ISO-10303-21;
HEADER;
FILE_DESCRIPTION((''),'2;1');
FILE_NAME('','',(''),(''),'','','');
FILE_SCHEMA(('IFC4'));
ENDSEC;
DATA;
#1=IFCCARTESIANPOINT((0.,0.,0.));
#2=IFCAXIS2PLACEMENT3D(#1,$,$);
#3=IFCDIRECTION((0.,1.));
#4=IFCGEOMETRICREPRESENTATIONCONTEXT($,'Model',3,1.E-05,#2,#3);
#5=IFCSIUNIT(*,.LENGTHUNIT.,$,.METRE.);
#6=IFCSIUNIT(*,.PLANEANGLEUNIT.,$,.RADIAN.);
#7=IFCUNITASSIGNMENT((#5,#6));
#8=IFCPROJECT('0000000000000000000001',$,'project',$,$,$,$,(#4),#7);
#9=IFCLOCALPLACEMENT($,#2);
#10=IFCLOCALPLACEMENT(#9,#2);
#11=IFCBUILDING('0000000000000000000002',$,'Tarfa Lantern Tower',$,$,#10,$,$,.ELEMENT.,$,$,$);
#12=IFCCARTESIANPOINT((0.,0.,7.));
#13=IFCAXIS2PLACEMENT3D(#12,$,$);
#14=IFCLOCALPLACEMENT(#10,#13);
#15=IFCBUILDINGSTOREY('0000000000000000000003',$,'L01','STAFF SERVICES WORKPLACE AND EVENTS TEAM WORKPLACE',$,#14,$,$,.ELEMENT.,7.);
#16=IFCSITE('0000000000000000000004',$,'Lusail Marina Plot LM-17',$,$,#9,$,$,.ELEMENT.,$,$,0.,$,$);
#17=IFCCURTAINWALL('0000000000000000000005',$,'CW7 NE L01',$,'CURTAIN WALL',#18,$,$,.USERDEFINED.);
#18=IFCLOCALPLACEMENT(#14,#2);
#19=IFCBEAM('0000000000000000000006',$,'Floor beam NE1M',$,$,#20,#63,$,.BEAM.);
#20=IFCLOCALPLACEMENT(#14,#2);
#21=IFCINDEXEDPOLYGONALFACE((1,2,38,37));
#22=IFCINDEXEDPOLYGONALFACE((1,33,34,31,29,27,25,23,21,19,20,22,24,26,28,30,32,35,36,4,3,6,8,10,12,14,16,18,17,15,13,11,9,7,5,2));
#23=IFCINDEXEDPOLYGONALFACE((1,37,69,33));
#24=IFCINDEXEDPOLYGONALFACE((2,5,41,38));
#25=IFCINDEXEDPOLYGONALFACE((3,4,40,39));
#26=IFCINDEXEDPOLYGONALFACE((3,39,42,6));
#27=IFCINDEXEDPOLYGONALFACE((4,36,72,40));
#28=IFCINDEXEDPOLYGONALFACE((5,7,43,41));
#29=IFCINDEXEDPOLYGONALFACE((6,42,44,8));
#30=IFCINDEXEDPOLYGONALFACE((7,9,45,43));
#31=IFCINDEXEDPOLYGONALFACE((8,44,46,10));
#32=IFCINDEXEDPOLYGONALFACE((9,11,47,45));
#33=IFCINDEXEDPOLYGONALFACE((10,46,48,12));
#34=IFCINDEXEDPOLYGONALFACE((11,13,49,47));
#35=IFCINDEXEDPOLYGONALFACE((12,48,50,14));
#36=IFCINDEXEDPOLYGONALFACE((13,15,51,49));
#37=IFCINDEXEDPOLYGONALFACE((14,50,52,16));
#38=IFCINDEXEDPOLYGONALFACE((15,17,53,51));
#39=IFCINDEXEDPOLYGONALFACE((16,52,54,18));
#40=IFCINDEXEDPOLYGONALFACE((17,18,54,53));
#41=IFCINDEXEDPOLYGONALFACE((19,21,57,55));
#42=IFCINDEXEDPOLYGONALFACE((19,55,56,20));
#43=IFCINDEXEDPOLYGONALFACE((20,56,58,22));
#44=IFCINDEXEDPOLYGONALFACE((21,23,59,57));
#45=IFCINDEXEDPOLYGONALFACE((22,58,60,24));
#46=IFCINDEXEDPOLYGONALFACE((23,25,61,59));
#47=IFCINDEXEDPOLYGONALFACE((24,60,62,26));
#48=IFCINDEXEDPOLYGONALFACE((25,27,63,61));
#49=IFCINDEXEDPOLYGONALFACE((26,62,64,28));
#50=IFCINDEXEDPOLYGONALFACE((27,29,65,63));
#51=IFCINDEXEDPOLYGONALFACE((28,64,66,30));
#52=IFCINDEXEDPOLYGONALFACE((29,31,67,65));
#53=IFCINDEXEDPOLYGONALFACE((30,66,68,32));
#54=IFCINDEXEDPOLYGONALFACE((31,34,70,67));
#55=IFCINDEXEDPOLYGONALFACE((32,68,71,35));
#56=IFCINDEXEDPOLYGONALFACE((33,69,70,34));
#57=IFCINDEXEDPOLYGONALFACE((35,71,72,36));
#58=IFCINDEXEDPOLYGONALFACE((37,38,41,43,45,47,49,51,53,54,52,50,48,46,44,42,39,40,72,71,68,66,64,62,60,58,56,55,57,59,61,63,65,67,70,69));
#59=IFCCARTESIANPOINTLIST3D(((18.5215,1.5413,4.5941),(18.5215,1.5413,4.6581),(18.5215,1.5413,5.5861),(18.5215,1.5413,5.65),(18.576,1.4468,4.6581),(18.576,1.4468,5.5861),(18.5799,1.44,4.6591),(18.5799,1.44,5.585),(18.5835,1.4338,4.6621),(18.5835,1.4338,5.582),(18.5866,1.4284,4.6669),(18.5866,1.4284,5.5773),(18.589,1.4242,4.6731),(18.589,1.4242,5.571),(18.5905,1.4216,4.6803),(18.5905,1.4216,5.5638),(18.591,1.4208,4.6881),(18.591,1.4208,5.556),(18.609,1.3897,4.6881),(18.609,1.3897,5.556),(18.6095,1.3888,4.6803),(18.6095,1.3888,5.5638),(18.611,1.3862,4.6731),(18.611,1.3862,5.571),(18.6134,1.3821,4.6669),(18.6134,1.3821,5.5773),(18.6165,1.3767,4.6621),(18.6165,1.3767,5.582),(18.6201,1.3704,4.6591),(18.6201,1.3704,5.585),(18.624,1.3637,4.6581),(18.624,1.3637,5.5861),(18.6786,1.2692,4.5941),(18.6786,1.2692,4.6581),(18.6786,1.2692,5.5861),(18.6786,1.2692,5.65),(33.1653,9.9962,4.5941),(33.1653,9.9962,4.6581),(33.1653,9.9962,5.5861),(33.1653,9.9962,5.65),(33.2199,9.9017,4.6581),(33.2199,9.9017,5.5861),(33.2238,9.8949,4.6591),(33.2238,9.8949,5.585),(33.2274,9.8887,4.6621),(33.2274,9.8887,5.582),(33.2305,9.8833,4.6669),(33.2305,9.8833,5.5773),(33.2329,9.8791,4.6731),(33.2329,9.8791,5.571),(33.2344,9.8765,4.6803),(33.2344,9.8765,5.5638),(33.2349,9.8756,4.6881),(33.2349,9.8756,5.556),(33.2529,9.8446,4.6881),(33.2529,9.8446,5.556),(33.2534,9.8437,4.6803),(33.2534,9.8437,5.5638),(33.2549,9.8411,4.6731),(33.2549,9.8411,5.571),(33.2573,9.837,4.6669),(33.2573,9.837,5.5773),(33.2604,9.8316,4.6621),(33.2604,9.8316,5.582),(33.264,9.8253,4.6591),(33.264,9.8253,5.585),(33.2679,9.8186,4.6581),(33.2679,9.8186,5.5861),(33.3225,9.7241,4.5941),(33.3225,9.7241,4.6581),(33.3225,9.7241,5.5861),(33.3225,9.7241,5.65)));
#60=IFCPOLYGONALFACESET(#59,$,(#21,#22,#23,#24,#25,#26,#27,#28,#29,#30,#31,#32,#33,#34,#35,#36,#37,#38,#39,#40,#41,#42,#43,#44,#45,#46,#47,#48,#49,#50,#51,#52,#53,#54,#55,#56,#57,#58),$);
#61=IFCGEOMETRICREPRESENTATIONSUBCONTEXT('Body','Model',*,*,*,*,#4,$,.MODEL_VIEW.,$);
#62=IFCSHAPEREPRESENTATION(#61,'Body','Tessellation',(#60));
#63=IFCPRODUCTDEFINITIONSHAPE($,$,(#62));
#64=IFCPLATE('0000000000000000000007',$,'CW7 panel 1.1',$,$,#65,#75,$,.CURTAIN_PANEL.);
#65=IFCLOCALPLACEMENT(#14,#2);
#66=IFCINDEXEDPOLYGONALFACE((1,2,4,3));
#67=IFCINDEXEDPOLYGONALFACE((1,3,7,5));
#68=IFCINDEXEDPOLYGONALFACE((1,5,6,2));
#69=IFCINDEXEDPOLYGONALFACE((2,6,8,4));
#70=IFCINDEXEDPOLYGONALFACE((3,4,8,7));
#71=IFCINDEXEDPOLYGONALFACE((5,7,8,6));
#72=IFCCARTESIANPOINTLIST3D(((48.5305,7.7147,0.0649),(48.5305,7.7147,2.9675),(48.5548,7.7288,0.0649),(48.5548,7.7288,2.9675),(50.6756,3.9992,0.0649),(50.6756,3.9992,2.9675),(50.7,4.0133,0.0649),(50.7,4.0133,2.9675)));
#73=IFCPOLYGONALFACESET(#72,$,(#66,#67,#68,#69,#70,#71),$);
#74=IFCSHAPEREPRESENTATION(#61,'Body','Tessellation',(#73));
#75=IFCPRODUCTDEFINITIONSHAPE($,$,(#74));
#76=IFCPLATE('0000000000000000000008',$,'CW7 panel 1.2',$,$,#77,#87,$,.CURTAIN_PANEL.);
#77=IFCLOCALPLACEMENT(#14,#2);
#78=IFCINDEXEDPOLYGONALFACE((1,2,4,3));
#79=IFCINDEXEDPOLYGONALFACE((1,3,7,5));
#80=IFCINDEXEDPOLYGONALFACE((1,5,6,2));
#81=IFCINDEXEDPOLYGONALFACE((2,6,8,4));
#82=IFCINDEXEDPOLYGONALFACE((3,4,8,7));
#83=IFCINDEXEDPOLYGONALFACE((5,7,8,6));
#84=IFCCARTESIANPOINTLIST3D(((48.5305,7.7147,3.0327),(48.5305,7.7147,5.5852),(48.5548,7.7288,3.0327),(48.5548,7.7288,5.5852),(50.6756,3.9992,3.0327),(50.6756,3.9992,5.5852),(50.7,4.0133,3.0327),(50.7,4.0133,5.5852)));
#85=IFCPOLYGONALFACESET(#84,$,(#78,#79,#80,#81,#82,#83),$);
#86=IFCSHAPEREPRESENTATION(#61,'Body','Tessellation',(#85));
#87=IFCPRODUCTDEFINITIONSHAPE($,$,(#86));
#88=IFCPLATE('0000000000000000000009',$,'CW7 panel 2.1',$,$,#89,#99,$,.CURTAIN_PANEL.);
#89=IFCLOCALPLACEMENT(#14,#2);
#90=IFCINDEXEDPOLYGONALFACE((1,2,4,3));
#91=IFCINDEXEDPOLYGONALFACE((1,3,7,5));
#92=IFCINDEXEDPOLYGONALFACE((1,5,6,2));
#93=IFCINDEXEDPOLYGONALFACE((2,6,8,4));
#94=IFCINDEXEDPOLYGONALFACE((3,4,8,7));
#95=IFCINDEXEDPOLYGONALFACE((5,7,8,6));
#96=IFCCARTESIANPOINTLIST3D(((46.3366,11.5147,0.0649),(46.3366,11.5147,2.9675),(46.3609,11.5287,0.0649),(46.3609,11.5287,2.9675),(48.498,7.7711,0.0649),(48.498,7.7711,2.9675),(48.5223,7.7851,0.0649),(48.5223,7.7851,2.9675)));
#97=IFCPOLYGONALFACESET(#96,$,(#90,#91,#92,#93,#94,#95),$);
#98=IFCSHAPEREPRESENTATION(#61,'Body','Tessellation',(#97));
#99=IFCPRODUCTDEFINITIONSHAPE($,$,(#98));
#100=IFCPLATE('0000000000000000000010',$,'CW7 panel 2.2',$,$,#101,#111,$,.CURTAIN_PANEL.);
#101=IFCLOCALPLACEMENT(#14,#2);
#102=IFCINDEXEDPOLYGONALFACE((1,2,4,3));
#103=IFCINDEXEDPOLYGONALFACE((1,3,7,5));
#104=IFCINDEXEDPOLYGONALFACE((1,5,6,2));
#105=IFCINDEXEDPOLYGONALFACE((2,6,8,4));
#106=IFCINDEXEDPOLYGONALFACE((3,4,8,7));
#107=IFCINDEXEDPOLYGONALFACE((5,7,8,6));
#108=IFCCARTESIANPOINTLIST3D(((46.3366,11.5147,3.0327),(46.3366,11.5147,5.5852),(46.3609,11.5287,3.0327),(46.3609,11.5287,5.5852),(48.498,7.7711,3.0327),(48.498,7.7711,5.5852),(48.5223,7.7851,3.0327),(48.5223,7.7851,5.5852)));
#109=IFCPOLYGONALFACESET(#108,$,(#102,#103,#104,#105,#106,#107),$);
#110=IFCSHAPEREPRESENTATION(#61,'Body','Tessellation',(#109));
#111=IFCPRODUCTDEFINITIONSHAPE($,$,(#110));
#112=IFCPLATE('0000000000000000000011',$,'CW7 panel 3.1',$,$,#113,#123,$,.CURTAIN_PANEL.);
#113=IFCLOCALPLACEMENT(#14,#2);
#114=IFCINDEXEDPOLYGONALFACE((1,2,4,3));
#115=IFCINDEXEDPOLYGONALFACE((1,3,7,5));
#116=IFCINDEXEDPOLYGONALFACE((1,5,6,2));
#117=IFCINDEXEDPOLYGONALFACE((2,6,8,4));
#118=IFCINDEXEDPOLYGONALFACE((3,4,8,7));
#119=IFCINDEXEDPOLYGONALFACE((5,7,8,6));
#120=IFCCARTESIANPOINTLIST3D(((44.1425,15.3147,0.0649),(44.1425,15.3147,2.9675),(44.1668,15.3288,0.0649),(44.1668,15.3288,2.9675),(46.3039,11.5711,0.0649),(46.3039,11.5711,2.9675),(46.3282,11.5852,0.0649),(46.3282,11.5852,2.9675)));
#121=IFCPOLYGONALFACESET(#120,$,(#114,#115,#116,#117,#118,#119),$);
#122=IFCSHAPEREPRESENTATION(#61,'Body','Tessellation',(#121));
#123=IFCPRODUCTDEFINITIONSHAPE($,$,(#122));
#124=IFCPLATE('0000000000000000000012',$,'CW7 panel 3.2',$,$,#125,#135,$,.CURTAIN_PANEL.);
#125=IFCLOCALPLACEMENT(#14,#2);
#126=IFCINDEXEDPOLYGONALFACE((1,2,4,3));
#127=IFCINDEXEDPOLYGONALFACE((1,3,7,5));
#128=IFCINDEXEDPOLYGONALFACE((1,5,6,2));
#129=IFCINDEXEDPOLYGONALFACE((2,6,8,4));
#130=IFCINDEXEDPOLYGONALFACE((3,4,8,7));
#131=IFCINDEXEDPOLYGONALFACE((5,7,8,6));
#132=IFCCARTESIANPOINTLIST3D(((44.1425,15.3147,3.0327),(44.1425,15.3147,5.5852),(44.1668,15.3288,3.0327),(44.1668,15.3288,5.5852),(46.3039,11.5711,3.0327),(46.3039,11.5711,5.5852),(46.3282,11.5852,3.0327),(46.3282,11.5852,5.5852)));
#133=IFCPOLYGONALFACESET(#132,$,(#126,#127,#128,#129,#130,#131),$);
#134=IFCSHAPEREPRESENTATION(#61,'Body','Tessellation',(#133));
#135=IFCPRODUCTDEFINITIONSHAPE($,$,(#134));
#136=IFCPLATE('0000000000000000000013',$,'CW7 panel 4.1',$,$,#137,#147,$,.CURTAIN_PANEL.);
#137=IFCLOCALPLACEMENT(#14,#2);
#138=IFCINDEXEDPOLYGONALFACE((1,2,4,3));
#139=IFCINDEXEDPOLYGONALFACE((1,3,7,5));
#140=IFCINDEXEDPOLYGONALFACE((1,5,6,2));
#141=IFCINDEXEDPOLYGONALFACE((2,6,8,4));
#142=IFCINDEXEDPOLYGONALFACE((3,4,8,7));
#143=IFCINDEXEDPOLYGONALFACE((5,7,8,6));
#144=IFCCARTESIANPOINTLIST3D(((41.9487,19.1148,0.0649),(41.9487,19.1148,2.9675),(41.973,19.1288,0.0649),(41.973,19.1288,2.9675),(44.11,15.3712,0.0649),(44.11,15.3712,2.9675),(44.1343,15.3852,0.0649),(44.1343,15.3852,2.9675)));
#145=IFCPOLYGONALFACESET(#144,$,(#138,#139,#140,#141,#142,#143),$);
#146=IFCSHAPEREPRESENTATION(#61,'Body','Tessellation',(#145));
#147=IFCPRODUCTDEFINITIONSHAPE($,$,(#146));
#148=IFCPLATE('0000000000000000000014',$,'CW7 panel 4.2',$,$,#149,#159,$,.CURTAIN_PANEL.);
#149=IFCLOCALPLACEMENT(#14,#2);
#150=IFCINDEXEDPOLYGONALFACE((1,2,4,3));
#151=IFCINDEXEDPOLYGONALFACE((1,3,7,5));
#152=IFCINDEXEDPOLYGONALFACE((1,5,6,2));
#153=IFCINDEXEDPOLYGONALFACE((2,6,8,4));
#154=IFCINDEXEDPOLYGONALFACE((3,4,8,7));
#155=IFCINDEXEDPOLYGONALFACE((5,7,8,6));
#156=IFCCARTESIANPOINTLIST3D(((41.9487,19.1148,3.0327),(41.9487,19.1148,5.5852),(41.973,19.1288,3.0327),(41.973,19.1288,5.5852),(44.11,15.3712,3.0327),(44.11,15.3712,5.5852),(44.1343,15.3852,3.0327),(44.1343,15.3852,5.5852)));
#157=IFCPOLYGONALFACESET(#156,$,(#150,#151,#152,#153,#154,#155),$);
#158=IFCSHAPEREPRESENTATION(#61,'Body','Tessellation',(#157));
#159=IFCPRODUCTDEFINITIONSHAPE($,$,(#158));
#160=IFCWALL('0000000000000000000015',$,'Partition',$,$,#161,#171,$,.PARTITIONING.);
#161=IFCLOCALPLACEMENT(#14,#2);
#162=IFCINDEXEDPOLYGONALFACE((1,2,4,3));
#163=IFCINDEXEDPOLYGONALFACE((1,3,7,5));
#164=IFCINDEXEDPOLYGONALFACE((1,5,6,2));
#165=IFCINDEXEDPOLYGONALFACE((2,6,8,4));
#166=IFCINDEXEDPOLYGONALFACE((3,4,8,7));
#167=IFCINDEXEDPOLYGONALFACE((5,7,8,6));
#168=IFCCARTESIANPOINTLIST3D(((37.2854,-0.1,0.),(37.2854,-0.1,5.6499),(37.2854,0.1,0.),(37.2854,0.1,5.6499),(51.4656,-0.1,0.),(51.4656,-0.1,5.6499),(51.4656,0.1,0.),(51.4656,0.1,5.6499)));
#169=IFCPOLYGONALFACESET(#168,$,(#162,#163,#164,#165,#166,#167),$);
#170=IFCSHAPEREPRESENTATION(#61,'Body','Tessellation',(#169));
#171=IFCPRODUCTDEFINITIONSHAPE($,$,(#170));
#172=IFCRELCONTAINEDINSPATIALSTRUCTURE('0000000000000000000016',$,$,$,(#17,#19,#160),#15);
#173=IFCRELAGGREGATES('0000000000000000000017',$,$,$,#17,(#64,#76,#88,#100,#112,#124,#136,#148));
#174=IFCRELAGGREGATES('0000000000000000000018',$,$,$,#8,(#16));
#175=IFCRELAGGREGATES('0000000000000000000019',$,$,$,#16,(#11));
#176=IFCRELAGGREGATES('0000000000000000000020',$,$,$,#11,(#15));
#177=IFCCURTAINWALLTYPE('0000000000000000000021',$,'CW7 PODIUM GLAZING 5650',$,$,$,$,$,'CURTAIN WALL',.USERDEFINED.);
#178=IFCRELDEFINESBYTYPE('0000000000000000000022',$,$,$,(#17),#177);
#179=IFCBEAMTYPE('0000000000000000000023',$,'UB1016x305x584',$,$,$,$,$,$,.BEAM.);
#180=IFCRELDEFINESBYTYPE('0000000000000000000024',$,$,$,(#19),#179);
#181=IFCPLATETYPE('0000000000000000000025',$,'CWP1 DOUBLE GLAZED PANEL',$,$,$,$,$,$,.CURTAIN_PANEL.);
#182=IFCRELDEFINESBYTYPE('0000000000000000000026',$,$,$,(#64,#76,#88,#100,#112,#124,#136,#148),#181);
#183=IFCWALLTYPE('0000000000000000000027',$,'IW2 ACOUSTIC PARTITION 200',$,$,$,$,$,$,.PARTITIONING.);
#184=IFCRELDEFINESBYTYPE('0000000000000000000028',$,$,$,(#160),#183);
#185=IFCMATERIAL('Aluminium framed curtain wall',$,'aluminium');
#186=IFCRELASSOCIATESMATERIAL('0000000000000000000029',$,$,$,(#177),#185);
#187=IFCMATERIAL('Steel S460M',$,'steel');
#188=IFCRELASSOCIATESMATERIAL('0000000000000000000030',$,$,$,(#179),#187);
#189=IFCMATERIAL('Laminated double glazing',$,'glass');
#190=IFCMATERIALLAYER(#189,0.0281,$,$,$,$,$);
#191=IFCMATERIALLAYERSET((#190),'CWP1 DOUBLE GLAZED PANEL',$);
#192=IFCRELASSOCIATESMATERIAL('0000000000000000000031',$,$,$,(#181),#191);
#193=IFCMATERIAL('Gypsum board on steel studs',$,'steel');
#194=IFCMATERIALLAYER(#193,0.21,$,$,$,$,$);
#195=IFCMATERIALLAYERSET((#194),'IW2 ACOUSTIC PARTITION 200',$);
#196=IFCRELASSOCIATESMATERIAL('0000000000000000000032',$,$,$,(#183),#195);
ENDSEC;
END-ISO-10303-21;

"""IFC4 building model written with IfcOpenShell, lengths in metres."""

from ifc_helpers import new_model, si_unit, direction, frame, frame_2d, origin, origin_2d, place, context, subcontext, project, spatial, rectangle, i_section, extrude, material, layer, layer_set, material_profile, profile_set, type_object, element, aggregate, save


model = new_model("IFC4")

# Units and contexts
model_context = context("Model", 3, precision=1e-05, world=origin(), true_north=direction((0.0, 1.0)))
body_context = subcontext(model_context, "Body", "Model", "MODEL_VIEW")
ifc_project = project(units=[si_unit("LENGTHUNIT", "METRE"), si_unit("PLANEANGLEUNIT", "RADIAN")], contexts=[model_context])

# Site, building, storey
site_placement = place(None, origin())
site = spatial("IfcSite", under=ifc_project, at=site_placement, Name="Lusail Marina Plot LM-17", CompositionType="ELEMENT", RefElevation=0.0)
building_placement = place(site_placement, origin())
building = spatial("IfcBuilding", under=site, at=building_placement, Name="Tarfa Lantern Tower", CompositionType="ELEMENT")
storey_placement = place(building_placement, frame((0.0, 0.0, 7.0)))
storey = spatial("IfcBuildingStorey", under=building, at=storey_placement, Name="L01", Description="STAFF SERVICES WORKPLACE AND EVENTS TEAM WORKPLACE", CompositionType="ELEMENT", Elevation=7.0)

# Curtain wall
ifc_material_1 = material(Name="Aluminium framed curtain wall", Category="aluminium")
curtain_wall_type = type_object("IfcCurtainWallType", Name="CW7 PODIUM GLAZING 5650", ElementType="CURTAIN WALL", PredefinedType="USERDEFINED", material=ifc_material_1)
curtain_wall_placement = place(storey_placement, origin())
curtain_wall = element("IfcCurtainWall", 1, at=curtain_wall_placement, inside=storey, type_object=curtain_wall_type, Name="CW7 NE L01", ObjectType="CURTAIN WALL", PredefinedType="USERDEFINED")

# Beam
ifc_material_2 = material(Name="Steel S460M", Category="steel")
ifc_material_profile_1 = material_profile(ifc_material_2, i_section(OverallWidth=0.3142, OverallDepth=1.0559, WebThickness=0.0359, FlangeThickness=0.064, FilletRadius=0.03, at=origin_2d()), Name="UB1016x305x584")
ifc_profile_set_1 = profile_set([ifc_material_profile_1], Name="Steel S460M")
beam_type_1 = type_object("IfcBeamType", Name="UB1016x305x584", PredefinedType="BEAM", material=ifc_profile_set_1)
beam_1_placement = place(storey_placement, frame((33.2439, 9.8601, 5.1221), z_axis=(-0.866019, -0.50001, 0.0), x_axis=(0.50001, -0.866019, 0.0)))
element("IfcBeam", 2, at=beam_1_placement, inside=storey, type_object=beam_type_1, Name="Floor beam NE1M", PredefinedType="BEAM", context=body_context, shape_type="SweptSolid", body=[
    extrude(i_section(OverallWidth=0.3142, OverallDepth=1.0559, WebThickness=0.0359, FlangeThickness=0.064, FilletRadius=0.03, at=origin_2d()), origin(), (0.0, 0.0, 1.0), 16.9094),
])

# Plates
ifc_material_3 = material(Name="Laminated double glazing", Category="glass")
ifc_layer_1 = layer(ifc_material_3, 0.0281)
ifc_layer_set_1 = layer_set([ifc_layer_1], Name="CWP1 DOUBLE GLAZED PANEL")
plate_type = type_object("IfcPlateType", Name="CWP1 DOUBLE GLAZED PANEL", PredefinedType="CURTAIN_PANEL", material=ifc_layer_set_1)
plate_1_placement = place(storey_placement, frame((49.6152, 5.864, 0.0649), z_axis=(0.0, 0.0, 1.0), x_axis=(-0.5, 0.866025, 0.0)))
plate_1 = element("IfcPlate", 3, at=plate_1_placement, type_object=plate_type, Name="CW7 panel 1.1", PredefinedType="CURTAIN_PANEL", context=body_context, shape_type="SweptSolid", body=[
    extrude(rectangle(XDim=4.2903, YDim=0.0281, at=origin_2d()), origin(), (0.0, 0.0, 1.0), 2.9026),
])
plate_2_placement = place(storey_placement, frame((49.6152, 5.864, 3.0327), z_axis=(0.0, 0.0, 1.0), x_axis=(-0.5, 0.866025, 0.0)))
plate_2 = element("IfcPlate", 4, at=plate_2_placement, type_object=plate_type, Name="CW7 panel 1.2", PredefinedType="CURTAIN_PANEL", context=body_context, shape_type="SweptSolid", body=[
    extrude(rectangle(XDim=4.2903, YDim=0.0281, at=origin_2d()), origin(), (0.0, 0.0, 1.0), 2.5525),
])
plate_3_placement = place(storey_placement, frame((47.4294, 9.6499, 0.0649), z_axis=(0.0, 0.0, 1.0), x_axis=(-0.5, 0.866025, 0.0)))
plate_3 = element("IfcPlate", 5, at=plate_3_placement, type_object=plate_type, Name="CW7 panel 2.1", PredefinedType="CURTAIN_PANEL", context=body_context, shape_type="SweptSolid", body=[
    extrude(rectangle(XDim=4.3228, YDim=0.0281, at=origin_2d()), origin(), (0.0, 0.0, 1.0), 2.9026),
])
plate_4_placement = place(storey_placement, frame((47.4294, 9.6499, 3.0327), z_axis=(0.0, 0.0, 1.0), x_axis=(-0.5, 0.866025, 0.0)))
plate_4 = element("IfcPlate", 6, at=plate_4_placement, type_object=plate_type, Name="CW7 panel 2.2", PredefinedType="CURTAIN_PANEL", context=body_context, shape_type="SweptSolid", body=[
    extrude(rectangle(XDim=4.3228, YDim=0.0281, at=origin_2d()), origin(), (0.0, 0.0, 1.0), 2.5525),
])
plate_5_placement = place(storey_placement, frame((45.2354, 13.45, 0.0649), z_axis=(0.0, 0.0, 1.0), x_axis=(-0.5, 0.866025, 0.0)))
plate_5 = element("IfcPlate", 7, at=plate_5_placement, type_object=plate_type, Name="CW7 panel 3.1", PredefinedType="CURTAIN_PANEL", context=body_context, shape_type="SweptSolid", body=[
    extrude(rectangle(XDim=4.3228, YDim=0.0281, at=origin_2d()), origin(), (0.0, 0.0, 1.0), 2.9026),
])
plate_6_placement = place(storey_placement, frame((45.2354, 13.45, 3.0327), z_axis=(0.0, 0.0, 1.0), x_axis=(-0.5, 0.866025, 0.0)))
plate_6 = element("IfcPlate", 8, at=plate_6_placement, type_object=plate_type, Name="CW7 panel 3.2", PredefinedType="CURTAIN_PANEL", context=body_context, shape_type="SweptSolid", body=[
    extrude(rectangle(XDim=4.3228, YDim=0.0281, at=origin_2d()), origin(), (0.0, 0.0, 1.0), 2.5525),
])
plate_7_placement = place(storey_placement, frame((43.0415, 17.25, 0.0649), z_axis=(0.0, 0.0, 1.0), x_axis=(-0.5, 0.866025, 0.0)))
plate_7 = element("IfcPlate", 9, at=plate_7_placement, type_object=plate_type, Name="CW7 panel 4.1", PredefinedType="CURTAIN_PANEL", context=body_context, shape_type="SweptSolid", body=[
    extrude(rectangle(XDim=4.3228, YDim=0.0281, at=origin_2d()), origin(), (0.0, 0.0, 1.0), 2.9026),
])
plate_8_placement = place(storey_placement, frame((43.0415, 17.25, 3.0327), z_axis=(0.0, 0.0, 1.0), x_axis=(-0.5, 0.866025, 0.0)))
plate_8 = element("IfcPlate", 10, at=plate_8_placement, type_object=plate_type, Name="CW7 panel 4.2", PredefinedType="CURTAIN_PANEL", context=body_context, shape_type="SweptSolid", body=[
    extrude(rectangle(XDim=4.3228, YDim=0.0281, at=origin_2d()), origin(), (0.0, 0.0, 1.0), 2.5525),
])
aggregate(curtain_wall, [plate_1, plate_2, plate_3, plate_4, plate_5, plate_6, plate_7, plate_8])

# Wall
ifc_material_4 = material(Name="Gypsum board on steel studs", Category="steel")
ifc_layer_2 = layer(ifc_material_4, 0.21)
ifc_layer_set_2 = layer_set([ifc_layer_2], Name="IW2 ACOUSTIC PARTITION 200")
wall_type = type_object("IfcWallType", Name="IW2 ACOUSTIC PARTITION 200", PredefinedType="PARTITIONING", material=ifc_layer_set_2)
wall_placement = place(storey_placement, frame((37.2854, 0.0, 0.0), z_axis=(0.0, 0.0, 1.0), x_axis=(1.0, 0.0, 0.0)))
element("IfcWall", 11, at=wall_placement, inside=storey, type_object=wall_type, Name="Partition", PredefinedType="PARTITIONING", context=body_context, shape_type="SweptSolid", body=[
    extrude(rectangle(XDim=14.1802, YDim=0.2, at=frame_2d((7.0901, 0.0))), origin(), (0.0, 0.0, 1.0), 5.6499),
])

save(model, "model.ifc")
